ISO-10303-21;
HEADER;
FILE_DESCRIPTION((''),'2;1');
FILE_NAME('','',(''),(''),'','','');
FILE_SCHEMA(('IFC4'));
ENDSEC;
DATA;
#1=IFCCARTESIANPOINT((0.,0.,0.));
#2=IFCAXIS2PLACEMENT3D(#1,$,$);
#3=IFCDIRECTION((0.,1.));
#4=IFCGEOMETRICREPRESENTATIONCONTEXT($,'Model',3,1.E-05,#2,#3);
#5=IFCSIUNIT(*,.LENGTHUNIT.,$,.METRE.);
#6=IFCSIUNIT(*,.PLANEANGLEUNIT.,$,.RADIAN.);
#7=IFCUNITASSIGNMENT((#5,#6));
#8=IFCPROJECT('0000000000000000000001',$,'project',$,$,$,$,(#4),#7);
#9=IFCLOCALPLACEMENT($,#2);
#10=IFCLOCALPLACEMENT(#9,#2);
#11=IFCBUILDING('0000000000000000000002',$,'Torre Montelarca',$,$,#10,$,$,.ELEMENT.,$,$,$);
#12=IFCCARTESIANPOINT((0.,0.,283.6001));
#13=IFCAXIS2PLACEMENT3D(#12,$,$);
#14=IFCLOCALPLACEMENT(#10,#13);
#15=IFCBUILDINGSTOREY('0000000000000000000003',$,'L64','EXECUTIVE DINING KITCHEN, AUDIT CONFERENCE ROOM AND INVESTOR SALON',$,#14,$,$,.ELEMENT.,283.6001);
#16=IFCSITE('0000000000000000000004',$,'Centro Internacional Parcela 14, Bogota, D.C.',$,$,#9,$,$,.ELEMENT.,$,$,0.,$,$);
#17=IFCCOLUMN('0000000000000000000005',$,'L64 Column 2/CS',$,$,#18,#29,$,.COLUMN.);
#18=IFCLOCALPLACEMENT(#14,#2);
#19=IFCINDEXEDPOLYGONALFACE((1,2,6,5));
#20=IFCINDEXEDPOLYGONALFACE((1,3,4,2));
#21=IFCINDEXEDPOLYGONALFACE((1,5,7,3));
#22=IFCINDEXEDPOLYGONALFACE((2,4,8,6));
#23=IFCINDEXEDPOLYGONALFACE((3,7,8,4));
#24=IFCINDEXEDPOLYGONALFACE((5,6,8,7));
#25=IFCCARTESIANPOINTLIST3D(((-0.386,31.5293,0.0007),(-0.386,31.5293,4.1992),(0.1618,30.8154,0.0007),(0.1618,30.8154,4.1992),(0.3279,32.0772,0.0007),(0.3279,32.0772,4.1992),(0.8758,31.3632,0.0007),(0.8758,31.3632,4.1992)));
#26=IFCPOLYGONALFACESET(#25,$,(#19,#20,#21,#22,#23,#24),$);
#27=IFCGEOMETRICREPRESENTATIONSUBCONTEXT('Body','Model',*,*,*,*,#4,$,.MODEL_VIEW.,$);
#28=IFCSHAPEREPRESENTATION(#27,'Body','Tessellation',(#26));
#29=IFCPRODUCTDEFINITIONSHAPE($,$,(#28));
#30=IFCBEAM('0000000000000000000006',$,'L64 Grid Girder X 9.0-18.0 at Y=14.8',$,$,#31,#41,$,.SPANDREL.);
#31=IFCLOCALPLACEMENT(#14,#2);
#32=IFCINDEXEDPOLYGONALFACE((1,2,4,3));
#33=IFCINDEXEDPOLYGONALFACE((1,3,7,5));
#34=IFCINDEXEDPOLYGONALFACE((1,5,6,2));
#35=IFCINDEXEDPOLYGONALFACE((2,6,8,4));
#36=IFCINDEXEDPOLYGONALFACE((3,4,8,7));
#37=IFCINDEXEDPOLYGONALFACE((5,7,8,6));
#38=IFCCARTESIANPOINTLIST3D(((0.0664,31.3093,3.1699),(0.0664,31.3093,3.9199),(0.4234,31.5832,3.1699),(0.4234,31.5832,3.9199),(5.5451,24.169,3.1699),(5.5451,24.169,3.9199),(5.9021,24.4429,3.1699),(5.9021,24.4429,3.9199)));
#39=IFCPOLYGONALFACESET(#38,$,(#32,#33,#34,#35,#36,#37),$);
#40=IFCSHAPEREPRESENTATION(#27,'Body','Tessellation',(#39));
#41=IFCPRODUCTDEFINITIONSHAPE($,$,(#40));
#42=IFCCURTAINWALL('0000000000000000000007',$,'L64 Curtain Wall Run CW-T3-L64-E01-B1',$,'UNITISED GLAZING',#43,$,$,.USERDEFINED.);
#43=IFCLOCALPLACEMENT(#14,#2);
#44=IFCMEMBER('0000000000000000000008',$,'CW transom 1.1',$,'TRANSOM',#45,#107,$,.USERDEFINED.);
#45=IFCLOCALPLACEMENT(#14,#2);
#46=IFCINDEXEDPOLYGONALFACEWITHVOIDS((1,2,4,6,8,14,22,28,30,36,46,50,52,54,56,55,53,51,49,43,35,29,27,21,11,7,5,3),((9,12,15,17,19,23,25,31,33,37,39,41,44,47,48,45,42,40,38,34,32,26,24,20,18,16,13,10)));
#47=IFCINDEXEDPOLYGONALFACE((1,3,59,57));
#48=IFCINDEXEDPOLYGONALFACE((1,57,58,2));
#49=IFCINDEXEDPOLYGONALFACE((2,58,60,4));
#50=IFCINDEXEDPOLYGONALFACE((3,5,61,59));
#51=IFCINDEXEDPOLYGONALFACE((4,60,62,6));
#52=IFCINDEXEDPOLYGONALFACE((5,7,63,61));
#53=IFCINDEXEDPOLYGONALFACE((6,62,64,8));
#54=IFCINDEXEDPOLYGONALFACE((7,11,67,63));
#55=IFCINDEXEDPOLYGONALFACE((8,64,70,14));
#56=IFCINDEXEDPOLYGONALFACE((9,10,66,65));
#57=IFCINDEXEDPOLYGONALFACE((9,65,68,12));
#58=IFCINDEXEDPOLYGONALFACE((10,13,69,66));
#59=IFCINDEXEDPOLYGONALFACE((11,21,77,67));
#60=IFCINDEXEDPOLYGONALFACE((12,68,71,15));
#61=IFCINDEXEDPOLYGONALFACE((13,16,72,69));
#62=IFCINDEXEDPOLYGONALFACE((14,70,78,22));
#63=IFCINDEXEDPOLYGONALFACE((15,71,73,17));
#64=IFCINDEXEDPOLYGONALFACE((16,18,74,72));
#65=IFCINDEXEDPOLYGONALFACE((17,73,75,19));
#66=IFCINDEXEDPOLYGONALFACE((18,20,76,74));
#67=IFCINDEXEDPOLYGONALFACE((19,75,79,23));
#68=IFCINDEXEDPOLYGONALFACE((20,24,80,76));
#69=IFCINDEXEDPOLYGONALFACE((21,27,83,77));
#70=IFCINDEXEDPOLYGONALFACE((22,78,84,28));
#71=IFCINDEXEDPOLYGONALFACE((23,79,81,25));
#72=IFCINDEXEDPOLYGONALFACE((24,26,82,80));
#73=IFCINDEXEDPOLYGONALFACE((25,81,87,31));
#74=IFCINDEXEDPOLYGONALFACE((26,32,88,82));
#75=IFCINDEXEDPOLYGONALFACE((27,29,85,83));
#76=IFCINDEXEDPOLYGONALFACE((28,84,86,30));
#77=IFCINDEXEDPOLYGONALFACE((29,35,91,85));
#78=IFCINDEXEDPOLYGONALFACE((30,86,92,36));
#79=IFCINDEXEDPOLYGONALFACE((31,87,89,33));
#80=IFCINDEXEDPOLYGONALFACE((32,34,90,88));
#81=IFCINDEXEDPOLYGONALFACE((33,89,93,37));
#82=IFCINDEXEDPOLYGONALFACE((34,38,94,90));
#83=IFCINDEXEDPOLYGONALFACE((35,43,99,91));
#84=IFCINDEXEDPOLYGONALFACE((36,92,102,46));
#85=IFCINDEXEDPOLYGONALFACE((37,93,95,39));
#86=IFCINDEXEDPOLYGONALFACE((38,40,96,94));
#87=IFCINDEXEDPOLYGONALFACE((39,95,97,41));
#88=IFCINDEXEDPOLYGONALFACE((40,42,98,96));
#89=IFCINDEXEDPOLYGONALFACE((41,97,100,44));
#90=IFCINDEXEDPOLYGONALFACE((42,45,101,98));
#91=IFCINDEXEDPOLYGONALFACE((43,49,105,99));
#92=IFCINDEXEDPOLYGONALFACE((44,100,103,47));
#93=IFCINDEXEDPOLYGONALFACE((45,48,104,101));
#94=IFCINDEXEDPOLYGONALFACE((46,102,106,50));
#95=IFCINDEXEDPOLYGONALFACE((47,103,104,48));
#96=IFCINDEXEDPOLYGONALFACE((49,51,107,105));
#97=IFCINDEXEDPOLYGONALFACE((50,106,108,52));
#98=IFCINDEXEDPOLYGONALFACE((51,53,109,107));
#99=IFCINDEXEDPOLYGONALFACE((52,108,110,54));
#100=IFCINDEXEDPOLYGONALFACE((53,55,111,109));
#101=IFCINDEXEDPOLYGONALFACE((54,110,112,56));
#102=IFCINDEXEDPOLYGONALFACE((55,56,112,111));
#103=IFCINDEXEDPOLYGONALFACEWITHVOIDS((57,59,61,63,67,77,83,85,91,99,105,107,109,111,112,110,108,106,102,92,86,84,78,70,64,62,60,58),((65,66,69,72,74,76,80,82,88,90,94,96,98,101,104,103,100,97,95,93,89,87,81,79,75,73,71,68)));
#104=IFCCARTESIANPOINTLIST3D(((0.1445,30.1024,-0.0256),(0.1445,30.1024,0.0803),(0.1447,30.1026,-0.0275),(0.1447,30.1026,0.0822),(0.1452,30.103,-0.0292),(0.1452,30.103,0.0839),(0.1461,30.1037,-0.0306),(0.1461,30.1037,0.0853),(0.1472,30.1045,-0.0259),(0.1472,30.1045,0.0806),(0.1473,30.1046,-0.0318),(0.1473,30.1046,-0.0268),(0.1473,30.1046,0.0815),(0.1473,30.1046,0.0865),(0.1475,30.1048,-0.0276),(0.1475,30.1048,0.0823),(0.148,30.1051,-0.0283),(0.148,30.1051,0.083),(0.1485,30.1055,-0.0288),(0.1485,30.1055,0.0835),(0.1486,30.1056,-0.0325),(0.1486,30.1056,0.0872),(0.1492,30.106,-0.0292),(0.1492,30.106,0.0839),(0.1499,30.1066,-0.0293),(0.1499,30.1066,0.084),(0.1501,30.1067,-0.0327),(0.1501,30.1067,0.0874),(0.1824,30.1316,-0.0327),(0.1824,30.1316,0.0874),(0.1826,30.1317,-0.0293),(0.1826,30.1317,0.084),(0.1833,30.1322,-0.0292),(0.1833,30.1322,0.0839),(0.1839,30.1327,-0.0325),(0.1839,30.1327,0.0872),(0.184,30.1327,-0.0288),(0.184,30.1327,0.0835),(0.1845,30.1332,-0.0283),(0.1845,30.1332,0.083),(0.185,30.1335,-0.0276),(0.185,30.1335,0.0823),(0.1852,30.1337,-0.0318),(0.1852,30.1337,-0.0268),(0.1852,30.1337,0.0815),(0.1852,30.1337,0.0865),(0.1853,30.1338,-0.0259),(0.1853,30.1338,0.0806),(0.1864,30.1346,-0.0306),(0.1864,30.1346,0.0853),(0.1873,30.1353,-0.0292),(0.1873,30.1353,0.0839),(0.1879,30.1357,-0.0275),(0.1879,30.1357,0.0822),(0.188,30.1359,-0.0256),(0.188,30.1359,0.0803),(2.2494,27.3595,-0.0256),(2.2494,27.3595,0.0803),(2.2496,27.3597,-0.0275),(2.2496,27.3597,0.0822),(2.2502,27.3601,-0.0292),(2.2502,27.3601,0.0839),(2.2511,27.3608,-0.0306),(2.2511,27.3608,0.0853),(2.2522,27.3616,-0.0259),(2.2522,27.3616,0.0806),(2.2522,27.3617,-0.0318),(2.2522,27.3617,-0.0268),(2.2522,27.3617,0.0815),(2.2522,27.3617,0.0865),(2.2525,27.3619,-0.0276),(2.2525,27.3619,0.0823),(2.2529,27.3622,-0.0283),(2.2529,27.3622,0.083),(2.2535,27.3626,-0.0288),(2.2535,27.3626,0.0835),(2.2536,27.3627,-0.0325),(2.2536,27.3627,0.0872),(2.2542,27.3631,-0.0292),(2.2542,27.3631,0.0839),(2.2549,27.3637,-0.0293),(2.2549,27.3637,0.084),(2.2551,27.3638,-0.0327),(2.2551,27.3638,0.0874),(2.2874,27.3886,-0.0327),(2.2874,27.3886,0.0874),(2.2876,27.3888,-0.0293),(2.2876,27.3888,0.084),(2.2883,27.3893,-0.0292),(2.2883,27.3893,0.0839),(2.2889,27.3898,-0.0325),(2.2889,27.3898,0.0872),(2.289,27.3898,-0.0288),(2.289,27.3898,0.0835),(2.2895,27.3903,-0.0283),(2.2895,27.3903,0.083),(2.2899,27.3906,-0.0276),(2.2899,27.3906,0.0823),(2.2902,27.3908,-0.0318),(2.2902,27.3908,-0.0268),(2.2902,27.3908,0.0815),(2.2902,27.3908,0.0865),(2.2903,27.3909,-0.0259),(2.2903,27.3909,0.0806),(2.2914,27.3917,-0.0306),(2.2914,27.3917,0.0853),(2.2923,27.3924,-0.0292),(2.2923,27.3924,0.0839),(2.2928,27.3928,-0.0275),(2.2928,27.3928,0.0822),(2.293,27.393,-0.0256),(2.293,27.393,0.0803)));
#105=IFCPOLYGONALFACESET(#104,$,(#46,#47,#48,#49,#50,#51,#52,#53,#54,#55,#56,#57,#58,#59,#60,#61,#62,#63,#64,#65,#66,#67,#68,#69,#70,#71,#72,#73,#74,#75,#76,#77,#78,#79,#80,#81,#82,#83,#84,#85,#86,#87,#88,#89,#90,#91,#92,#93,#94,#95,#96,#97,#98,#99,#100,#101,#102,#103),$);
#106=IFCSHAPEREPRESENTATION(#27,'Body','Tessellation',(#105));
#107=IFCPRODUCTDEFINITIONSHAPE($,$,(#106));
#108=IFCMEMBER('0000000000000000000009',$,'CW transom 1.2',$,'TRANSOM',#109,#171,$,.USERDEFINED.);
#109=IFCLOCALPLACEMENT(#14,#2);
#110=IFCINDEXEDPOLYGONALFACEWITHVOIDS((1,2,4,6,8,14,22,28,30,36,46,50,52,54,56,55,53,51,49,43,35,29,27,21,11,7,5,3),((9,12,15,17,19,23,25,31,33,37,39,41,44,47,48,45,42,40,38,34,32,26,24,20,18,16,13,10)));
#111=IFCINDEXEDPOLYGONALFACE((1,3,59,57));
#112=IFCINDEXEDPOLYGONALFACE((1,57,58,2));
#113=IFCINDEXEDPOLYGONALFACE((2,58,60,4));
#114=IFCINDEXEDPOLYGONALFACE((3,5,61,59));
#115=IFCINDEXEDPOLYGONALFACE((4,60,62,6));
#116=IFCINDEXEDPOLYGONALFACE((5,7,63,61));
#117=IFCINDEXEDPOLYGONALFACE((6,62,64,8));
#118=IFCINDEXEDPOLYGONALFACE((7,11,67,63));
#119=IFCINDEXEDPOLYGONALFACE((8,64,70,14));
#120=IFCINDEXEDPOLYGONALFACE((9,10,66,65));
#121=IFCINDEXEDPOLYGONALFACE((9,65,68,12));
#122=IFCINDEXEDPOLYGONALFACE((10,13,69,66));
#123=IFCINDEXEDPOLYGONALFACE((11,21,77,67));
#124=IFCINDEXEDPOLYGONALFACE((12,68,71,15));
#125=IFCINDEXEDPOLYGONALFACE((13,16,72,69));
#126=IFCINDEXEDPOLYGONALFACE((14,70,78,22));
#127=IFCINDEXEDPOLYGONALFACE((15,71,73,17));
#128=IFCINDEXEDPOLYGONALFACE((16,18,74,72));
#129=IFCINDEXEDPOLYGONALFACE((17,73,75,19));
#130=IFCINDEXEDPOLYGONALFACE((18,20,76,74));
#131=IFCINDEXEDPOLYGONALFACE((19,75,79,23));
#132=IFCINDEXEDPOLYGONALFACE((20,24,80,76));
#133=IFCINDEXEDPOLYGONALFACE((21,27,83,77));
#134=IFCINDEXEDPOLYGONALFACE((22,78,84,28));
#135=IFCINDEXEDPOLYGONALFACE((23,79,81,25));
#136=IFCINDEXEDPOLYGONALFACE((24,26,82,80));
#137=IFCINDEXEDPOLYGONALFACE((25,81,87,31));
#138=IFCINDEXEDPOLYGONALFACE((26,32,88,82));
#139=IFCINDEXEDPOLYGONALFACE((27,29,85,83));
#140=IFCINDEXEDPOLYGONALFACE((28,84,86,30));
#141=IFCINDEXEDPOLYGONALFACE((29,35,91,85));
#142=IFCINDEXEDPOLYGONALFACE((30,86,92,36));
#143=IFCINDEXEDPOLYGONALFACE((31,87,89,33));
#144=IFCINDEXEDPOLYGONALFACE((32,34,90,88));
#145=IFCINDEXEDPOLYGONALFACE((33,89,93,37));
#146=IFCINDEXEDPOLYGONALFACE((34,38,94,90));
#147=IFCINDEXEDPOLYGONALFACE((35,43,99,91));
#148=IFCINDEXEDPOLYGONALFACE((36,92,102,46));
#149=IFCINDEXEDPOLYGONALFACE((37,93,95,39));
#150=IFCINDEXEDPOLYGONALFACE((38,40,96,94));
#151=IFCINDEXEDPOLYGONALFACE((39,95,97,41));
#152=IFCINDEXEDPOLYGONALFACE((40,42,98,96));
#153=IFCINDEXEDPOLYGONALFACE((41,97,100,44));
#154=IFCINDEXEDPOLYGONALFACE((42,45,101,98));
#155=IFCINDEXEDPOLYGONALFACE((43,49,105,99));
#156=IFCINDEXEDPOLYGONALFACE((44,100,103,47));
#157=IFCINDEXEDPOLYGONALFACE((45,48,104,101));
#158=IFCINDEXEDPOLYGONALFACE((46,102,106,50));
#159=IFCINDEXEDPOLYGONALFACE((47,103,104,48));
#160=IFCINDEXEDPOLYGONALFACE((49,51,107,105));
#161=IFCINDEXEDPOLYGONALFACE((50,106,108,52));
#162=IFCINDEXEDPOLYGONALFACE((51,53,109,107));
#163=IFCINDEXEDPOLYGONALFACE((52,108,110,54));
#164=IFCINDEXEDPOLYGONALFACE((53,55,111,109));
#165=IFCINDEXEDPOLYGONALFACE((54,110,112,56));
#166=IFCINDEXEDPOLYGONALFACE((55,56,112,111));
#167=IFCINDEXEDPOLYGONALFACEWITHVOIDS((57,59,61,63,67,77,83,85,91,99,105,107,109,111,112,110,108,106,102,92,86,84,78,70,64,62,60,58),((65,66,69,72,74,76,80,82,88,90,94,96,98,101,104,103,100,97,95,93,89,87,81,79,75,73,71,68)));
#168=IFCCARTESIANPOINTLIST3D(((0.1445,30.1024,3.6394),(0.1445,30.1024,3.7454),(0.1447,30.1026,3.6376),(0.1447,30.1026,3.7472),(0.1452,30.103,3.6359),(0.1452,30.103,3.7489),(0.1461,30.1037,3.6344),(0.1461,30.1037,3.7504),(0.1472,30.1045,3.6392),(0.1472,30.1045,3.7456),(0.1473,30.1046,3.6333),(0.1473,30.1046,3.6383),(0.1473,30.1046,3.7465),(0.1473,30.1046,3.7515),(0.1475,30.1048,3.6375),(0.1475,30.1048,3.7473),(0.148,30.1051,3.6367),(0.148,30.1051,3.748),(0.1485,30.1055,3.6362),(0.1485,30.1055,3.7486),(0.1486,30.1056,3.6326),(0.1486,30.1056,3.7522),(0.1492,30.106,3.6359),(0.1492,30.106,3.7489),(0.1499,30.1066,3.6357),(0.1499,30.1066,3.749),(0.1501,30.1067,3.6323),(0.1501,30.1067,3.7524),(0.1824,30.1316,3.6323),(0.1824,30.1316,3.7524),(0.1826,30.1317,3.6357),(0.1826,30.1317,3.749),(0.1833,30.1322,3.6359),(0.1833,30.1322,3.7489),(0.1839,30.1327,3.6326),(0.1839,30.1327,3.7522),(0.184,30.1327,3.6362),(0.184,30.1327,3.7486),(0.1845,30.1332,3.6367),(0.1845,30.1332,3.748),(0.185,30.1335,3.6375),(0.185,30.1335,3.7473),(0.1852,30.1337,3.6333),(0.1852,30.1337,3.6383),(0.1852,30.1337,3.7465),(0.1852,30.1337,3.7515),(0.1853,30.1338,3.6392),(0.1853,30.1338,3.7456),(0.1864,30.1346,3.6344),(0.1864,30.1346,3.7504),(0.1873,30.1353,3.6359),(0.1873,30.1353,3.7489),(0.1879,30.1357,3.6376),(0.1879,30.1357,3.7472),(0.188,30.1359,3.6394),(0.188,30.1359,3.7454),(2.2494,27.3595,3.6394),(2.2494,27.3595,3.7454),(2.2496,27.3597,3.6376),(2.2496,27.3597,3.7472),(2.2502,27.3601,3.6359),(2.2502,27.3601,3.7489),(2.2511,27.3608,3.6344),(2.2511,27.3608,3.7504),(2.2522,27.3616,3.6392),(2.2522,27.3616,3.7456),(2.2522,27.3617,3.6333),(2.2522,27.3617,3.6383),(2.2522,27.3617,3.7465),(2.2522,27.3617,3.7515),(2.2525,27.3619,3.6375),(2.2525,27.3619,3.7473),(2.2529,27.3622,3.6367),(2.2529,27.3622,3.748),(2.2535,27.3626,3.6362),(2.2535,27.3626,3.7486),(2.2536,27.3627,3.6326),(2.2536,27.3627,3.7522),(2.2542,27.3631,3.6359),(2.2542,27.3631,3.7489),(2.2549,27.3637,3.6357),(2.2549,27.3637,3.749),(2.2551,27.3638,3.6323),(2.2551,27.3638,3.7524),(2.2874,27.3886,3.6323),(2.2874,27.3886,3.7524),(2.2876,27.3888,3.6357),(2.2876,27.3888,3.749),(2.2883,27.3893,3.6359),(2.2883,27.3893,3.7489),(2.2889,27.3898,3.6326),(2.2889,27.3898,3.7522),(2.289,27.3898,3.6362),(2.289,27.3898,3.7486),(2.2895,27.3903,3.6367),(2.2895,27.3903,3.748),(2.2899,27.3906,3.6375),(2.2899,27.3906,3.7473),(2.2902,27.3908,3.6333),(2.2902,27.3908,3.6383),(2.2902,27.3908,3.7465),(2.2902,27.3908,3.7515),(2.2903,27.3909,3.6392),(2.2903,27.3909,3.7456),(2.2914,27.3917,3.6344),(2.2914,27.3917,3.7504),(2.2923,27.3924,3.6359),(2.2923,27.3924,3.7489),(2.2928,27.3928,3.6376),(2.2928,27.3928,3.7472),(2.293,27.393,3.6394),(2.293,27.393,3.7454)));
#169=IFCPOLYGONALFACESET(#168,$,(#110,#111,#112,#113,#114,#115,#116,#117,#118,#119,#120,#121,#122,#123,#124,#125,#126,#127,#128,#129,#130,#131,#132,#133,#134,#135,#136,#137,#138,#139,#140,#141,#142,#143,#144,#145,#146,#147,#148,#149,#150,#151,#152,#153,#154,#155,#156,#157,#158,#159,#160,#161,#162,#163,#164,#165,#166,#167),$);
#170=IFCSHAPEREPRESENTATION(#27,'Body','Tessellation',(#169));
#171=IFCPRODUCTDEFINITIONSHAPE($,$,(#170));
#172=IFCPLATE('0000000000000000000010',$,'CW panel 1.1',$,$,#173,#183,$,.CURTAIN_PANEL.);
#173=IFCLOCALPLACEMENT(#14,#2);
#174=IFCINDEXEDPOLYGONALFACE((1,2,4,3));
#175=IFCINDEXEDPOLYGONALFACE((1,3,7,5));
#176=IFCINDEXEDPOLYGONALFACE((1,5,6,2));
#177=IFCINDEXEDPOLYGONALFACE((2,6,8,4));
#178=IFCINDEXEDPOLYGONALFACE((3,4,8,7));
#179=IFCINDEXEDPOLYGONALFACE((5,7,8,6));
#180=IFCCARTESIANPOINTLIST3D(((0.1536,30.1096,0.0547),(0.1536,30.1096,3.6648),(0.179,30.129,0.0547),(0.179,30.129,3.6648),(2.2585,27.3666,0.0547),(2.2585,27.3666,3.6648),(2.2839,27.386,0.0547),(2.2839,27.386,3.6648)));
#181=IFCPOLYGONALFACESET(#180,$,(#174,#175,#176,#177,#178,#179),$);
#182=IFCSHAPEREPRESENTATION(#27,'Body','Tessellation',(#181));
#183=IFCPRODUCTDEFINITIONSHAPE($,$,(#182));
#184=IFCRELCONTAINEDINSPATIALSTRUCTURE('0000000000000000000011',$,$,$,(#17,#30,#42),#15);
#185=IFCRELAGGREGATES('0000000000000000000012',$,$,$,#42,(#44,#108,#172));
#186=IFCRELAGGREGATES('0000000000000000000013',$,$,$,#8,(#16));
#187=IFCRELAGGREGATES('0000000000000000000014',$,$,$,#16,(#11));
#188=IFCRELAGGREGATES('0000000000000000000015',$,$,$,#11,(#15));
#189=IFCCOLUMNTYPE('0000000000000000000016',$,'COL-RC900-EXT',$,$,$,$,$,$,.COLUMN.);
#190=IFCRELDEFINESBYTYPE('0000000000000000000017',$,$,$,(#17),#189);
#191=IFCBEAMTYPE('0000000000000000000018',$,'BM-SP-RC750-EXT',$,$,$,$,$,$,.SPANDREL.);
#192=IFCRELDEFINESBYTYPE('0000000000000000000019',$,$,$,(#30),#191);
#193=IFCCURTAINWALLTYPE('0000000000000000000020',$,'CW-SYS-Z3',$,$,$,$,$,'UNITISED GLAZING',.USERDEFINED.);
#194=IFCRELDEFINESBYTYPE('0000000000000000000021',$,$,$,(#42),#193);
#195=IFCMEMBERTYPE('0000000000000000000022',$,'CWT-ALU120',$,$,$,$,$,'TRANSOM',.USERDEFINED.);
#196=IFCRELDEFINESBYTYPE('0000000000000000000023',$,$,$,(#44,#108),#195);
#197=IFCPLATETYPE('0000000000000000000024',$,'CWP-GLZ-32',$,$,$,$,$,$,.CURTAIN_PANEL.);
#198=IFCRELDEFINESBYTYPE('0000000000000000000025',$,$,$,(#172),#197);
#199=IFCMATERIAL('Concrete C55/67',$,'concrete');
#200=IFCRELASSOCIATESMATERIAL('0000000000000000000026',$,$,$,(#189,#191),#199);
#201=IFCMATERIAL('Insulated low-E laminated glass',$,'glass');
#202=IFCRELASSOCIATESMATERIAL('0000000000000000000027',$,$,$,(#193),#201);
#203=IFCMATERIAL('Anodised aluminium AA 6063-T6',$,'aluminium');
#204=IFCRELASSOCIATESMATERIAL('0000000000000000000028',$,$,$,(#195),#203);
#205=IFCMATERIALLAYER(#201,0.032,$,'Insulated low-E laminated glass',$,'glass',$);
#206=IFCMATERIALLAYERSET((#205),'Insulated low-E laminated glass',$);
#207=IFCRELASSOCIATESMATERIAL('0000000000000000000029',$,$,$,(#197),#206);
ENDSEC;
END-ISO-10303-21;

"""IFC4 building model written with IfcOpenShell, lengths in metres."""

from ifc_helpers import new_model, si_unit, direction, frame, origin, origin_2d, place, context, subcontext, project, spatial, rectangle, hollow_rectangle, extrude, source, transform, mapped, material, layer, layer_set, material_profile, profile_set, type_object, element, aggregate, save


model = new_model("IFC4")

# Units and contexts
model_context = context("Model", 3, precision=1e-05, world=origin(), true_north=direction((0.0, 1.0)))
body_context = subcontext(model_context, "Body", "Model", "MODEL_VIEW")
ifc_project = project(units=[si_unit("LENGTHUNIT", "METRE"), si_unit("PLANEANGLEUNIT", "RADIAN")], contexts=[model_context])

# Site, building, storey
site_placement = place(None, origin())
site = spatial("IfcSite", under=ifc_project, at=site_placement, Name="Centro Internacional Parcela 14, Bogota, D.C.", CompositionType="ELEMENT", RefElevation=0.0)
building_placement = place(site_placement, origin())
building = spatial("IfcBuilding", under=site, at=building_placement, Name="Torre Montelarca", CompositionType="ELEMENT")
storey_placement = place(building_placement, frame((0.0, 0.0, 283.6001)))
storey = spatial("IfcBuildingStorey", under=building, at=storey_placement, Name="L64", Description="EXECUTIVE DINING KITCHEN, AUDIT CONFERENCE ROOM AND INVESTOR SALON", CompositionType="ELEMENT", Elevation=283.6001)

# Column
ifc_material_1 = material(Name="Concrete C55/67", Category="concrete")
ifc_material_profile_1 = material_profile(ifc_material_1, rectangle(XDim=0.8999, YDim=0.8999, at=origin_2d()), Name="RC900X900", Category="concrete")
ifc_profile_set_1 = profile_set([ifc_material_profile_1], Name="Concrete C55/67")
column_type = type_object("IfcColumnType", Name="COL-RC900-EXT", PredefinedType="COLUMN", material=ifc_profile_set_1)
shared_shape_1 = source(origin(), body_context, "Body", "SweptSolid", [
    extrude(rectangle(XDim=0.8999, YDim=0.8999, at=origin_2d()), origin(), (0.0, 0.0, 1.0), 4.1985),
])
column_placement = place(storey_placement, frame((0.2449, 31.4463, 0.0007), z_axis=(0.0, 0.0, 1.0), x_axis=(-0.608761, 0.793353, 0.0)))
element("IfcColumn", 1, at=column_placement, inside=storey, type_object=column_type, Name="L64 Column 2/CS", PredefinedType="COLUMN", context=body_context, shape_type="MappedRepresentation", body=[
    mapped(shared_shape_1, transform((0.0, 0.0, 0.0), scale=1.0)),
])

# Beam
ifc_material_profile_2 = material_profile(ifc_material_1, rectangle(XDim=0.45, YDim=0.75, at=origin_2d()), Name="RCB450X750", Category="concrete")
ifc_profile_set_2 = profile_set([ifc_material_profile_2], Name="Concrete C55/67")
beam_type = type_object("IfcBeamType", Name="BM-SP-RC750-EXT", PredefinedType="SPANDREL", material=ifc_profile_set_2)
shared_shape_2 = source(origin(), body_context, "Body", "SweptSolid", [
    extrude(rectangle(XDim=0.45, YDim=0.75, at=origin_2d()), origin(), (0.0, 0.0, 1.0), 9.0),
])
beam_placement = place(storey_placement, frame((0.2449, 31.4463, 3.5449), z_axis=(0.608744, -0.793367, 0.0), x_axis=(0.793367, 0.608744, 0.0)))
element("IfcBeam", 2, at=beam_placement, inside=storey, type_object=beam_type, Name="L64 Grid Girder X 9.0-18.0 at Y=14.8", PredefinedType="SPANDREL", context=body_context, shape_type="MappedRepresentation", body=[
    mapped(shared_shape_2, transform((0.0, 0.0, 0.0), scale=1.0)),
])

# Curtain wall, members, plate
ifc_material_2 = material(Name="Insulated low-E laminated glass", Category="glass")
curtain_wall_type = type_object("IfcCurtainWallType", Name="CW-SYS-Z3", ElementType="UNITISED GLAZING", PredefinedType="USERDEFINED", material=ifc_material_2)
curtain_wall_placement = place(storey_placement, origin())
curtain_wall = element("IfcCurtainWall", 3, at=curtain_wall_placement, inside=storey, type_object=curtain_wall_type, Name="L64 Curtain Wall Run CW-T3-L64-E01-B1", ObjectType="UNITISED GLAZING", PredefinedType="USERDEFINED")
ifc_material_3 = material(Name="Anodised aluminium AA 6063-T6", Category="aluminium")
ifc_material_profile_3 = material_profile(ifc_material_3, hollow_rectangle(XDim=0.0549, YDim=0.1201, WallThickness=0.0034, InnerFilletRadius=0.0034, OuterFilletRadius=0.0071, at=origin_2d()), Name="ALU55X120X3.5", Category="aluminium")
ifc_profile_set_3 = profile_set([ifc_material_profile_3], Name="Anodised aluminium AA 6063-T6")
member_type = type_object("IfcMemberType", Name="CWT-ALU120", ElementType="TRANSOM", PredefinedType="USERDEFINED", material=ifc_profile_set_3)
shared_shape_3 = source(origin(), body_context, "Body", "SweptSolid", [
    extrude(hollow_rectangle(XDim=0.0549, YDim=0.1201, WallThickness=0.0034, InnerFilletRadius=0.0034, OuterFilletRadius=0.0071, at=origin_2d()), origin(), (0.0, 0.0, 1.0), 3.4575),
])
member_1_placement = place(storey_placement, frame((0.1663, 30.1191, 0.0273), z_axis=(0.608809, -0.793316, 0.0), x_axis=(0.793316, 0.608809, 0.0)))
member_1 = element("IfcMember", 4, at=member_1_placement, type_object=member_type, Name="CW transom 1.1", ObjectType="TRANSOM", PredefinedType="USERDEFINED", context=body_context, shape_type="MappedRepresentation", body=[
    mapped(shared_shape_3, transform((0.0, 0.0, 0.0), scale=1.0)),
])
member_2_placement = place(storey_placement, frame((0.1663, 30.1191, 3.6924), z_axis=(0.608809, -0.793316, 0.0), x_axis=(0.793316, 0.608809, 0.0)))
member_2 = element("IfcMember", 5, at=member_2_placement, type_object=member_type, Name="CW transom 1.2", ObjectType="TRANSOM", PredefinedType="USERDEFINED", context=body_context, shape_type="MappedRepresentation", body=[
    mapped(shared_shape_3, transform((0.0, 0.0, 0.0), scale=1.0)),
])
ifc_layer_1 = layer(ifc_material_2, 0.032, Name="Insulated low-E laminated glass", Category="glass")
ifc_layer_set_1 = layer_set([ifc_layer_1], Name="Insulated low-E laminated glass")
plate_type = type_object("IfcPlateType", Name="CWP-GLZ-32", PredefinedType="CURTAIN_PANEL", material=ifc_layer_set_1)
shared_shape_4 = source(origin(), body_context, "Body", "SweptSolid", [
    extrude(rectangle(XDim=3.4575, YDim=0.032, at=origin_2d()), origin(), (0.0, 0.0, 1.0), 3.6101),
])
plate_placement = place(storey_placement, frame((1.2188, 28.7478, 0.0547), z_axis=(0.0, 0.0, 1.0), x_axis=(0.608768, -0.793348, 0.0)))
plate = element("IfcPlate", 6, at=plate_placement, type_object=plate_type, Name="CW panel 1.1", PredefinedType="CURTAIN_PANEL", context=body_context, shape_type="MappedRepresentation", body=[
    mapped(shared_shape_4, transform((0.0, 0.0, 0.0), scale=1.0)),
])
aggregate(curtain_wall, [member_1, member_2, plate])

save(model, "model.ifc")
